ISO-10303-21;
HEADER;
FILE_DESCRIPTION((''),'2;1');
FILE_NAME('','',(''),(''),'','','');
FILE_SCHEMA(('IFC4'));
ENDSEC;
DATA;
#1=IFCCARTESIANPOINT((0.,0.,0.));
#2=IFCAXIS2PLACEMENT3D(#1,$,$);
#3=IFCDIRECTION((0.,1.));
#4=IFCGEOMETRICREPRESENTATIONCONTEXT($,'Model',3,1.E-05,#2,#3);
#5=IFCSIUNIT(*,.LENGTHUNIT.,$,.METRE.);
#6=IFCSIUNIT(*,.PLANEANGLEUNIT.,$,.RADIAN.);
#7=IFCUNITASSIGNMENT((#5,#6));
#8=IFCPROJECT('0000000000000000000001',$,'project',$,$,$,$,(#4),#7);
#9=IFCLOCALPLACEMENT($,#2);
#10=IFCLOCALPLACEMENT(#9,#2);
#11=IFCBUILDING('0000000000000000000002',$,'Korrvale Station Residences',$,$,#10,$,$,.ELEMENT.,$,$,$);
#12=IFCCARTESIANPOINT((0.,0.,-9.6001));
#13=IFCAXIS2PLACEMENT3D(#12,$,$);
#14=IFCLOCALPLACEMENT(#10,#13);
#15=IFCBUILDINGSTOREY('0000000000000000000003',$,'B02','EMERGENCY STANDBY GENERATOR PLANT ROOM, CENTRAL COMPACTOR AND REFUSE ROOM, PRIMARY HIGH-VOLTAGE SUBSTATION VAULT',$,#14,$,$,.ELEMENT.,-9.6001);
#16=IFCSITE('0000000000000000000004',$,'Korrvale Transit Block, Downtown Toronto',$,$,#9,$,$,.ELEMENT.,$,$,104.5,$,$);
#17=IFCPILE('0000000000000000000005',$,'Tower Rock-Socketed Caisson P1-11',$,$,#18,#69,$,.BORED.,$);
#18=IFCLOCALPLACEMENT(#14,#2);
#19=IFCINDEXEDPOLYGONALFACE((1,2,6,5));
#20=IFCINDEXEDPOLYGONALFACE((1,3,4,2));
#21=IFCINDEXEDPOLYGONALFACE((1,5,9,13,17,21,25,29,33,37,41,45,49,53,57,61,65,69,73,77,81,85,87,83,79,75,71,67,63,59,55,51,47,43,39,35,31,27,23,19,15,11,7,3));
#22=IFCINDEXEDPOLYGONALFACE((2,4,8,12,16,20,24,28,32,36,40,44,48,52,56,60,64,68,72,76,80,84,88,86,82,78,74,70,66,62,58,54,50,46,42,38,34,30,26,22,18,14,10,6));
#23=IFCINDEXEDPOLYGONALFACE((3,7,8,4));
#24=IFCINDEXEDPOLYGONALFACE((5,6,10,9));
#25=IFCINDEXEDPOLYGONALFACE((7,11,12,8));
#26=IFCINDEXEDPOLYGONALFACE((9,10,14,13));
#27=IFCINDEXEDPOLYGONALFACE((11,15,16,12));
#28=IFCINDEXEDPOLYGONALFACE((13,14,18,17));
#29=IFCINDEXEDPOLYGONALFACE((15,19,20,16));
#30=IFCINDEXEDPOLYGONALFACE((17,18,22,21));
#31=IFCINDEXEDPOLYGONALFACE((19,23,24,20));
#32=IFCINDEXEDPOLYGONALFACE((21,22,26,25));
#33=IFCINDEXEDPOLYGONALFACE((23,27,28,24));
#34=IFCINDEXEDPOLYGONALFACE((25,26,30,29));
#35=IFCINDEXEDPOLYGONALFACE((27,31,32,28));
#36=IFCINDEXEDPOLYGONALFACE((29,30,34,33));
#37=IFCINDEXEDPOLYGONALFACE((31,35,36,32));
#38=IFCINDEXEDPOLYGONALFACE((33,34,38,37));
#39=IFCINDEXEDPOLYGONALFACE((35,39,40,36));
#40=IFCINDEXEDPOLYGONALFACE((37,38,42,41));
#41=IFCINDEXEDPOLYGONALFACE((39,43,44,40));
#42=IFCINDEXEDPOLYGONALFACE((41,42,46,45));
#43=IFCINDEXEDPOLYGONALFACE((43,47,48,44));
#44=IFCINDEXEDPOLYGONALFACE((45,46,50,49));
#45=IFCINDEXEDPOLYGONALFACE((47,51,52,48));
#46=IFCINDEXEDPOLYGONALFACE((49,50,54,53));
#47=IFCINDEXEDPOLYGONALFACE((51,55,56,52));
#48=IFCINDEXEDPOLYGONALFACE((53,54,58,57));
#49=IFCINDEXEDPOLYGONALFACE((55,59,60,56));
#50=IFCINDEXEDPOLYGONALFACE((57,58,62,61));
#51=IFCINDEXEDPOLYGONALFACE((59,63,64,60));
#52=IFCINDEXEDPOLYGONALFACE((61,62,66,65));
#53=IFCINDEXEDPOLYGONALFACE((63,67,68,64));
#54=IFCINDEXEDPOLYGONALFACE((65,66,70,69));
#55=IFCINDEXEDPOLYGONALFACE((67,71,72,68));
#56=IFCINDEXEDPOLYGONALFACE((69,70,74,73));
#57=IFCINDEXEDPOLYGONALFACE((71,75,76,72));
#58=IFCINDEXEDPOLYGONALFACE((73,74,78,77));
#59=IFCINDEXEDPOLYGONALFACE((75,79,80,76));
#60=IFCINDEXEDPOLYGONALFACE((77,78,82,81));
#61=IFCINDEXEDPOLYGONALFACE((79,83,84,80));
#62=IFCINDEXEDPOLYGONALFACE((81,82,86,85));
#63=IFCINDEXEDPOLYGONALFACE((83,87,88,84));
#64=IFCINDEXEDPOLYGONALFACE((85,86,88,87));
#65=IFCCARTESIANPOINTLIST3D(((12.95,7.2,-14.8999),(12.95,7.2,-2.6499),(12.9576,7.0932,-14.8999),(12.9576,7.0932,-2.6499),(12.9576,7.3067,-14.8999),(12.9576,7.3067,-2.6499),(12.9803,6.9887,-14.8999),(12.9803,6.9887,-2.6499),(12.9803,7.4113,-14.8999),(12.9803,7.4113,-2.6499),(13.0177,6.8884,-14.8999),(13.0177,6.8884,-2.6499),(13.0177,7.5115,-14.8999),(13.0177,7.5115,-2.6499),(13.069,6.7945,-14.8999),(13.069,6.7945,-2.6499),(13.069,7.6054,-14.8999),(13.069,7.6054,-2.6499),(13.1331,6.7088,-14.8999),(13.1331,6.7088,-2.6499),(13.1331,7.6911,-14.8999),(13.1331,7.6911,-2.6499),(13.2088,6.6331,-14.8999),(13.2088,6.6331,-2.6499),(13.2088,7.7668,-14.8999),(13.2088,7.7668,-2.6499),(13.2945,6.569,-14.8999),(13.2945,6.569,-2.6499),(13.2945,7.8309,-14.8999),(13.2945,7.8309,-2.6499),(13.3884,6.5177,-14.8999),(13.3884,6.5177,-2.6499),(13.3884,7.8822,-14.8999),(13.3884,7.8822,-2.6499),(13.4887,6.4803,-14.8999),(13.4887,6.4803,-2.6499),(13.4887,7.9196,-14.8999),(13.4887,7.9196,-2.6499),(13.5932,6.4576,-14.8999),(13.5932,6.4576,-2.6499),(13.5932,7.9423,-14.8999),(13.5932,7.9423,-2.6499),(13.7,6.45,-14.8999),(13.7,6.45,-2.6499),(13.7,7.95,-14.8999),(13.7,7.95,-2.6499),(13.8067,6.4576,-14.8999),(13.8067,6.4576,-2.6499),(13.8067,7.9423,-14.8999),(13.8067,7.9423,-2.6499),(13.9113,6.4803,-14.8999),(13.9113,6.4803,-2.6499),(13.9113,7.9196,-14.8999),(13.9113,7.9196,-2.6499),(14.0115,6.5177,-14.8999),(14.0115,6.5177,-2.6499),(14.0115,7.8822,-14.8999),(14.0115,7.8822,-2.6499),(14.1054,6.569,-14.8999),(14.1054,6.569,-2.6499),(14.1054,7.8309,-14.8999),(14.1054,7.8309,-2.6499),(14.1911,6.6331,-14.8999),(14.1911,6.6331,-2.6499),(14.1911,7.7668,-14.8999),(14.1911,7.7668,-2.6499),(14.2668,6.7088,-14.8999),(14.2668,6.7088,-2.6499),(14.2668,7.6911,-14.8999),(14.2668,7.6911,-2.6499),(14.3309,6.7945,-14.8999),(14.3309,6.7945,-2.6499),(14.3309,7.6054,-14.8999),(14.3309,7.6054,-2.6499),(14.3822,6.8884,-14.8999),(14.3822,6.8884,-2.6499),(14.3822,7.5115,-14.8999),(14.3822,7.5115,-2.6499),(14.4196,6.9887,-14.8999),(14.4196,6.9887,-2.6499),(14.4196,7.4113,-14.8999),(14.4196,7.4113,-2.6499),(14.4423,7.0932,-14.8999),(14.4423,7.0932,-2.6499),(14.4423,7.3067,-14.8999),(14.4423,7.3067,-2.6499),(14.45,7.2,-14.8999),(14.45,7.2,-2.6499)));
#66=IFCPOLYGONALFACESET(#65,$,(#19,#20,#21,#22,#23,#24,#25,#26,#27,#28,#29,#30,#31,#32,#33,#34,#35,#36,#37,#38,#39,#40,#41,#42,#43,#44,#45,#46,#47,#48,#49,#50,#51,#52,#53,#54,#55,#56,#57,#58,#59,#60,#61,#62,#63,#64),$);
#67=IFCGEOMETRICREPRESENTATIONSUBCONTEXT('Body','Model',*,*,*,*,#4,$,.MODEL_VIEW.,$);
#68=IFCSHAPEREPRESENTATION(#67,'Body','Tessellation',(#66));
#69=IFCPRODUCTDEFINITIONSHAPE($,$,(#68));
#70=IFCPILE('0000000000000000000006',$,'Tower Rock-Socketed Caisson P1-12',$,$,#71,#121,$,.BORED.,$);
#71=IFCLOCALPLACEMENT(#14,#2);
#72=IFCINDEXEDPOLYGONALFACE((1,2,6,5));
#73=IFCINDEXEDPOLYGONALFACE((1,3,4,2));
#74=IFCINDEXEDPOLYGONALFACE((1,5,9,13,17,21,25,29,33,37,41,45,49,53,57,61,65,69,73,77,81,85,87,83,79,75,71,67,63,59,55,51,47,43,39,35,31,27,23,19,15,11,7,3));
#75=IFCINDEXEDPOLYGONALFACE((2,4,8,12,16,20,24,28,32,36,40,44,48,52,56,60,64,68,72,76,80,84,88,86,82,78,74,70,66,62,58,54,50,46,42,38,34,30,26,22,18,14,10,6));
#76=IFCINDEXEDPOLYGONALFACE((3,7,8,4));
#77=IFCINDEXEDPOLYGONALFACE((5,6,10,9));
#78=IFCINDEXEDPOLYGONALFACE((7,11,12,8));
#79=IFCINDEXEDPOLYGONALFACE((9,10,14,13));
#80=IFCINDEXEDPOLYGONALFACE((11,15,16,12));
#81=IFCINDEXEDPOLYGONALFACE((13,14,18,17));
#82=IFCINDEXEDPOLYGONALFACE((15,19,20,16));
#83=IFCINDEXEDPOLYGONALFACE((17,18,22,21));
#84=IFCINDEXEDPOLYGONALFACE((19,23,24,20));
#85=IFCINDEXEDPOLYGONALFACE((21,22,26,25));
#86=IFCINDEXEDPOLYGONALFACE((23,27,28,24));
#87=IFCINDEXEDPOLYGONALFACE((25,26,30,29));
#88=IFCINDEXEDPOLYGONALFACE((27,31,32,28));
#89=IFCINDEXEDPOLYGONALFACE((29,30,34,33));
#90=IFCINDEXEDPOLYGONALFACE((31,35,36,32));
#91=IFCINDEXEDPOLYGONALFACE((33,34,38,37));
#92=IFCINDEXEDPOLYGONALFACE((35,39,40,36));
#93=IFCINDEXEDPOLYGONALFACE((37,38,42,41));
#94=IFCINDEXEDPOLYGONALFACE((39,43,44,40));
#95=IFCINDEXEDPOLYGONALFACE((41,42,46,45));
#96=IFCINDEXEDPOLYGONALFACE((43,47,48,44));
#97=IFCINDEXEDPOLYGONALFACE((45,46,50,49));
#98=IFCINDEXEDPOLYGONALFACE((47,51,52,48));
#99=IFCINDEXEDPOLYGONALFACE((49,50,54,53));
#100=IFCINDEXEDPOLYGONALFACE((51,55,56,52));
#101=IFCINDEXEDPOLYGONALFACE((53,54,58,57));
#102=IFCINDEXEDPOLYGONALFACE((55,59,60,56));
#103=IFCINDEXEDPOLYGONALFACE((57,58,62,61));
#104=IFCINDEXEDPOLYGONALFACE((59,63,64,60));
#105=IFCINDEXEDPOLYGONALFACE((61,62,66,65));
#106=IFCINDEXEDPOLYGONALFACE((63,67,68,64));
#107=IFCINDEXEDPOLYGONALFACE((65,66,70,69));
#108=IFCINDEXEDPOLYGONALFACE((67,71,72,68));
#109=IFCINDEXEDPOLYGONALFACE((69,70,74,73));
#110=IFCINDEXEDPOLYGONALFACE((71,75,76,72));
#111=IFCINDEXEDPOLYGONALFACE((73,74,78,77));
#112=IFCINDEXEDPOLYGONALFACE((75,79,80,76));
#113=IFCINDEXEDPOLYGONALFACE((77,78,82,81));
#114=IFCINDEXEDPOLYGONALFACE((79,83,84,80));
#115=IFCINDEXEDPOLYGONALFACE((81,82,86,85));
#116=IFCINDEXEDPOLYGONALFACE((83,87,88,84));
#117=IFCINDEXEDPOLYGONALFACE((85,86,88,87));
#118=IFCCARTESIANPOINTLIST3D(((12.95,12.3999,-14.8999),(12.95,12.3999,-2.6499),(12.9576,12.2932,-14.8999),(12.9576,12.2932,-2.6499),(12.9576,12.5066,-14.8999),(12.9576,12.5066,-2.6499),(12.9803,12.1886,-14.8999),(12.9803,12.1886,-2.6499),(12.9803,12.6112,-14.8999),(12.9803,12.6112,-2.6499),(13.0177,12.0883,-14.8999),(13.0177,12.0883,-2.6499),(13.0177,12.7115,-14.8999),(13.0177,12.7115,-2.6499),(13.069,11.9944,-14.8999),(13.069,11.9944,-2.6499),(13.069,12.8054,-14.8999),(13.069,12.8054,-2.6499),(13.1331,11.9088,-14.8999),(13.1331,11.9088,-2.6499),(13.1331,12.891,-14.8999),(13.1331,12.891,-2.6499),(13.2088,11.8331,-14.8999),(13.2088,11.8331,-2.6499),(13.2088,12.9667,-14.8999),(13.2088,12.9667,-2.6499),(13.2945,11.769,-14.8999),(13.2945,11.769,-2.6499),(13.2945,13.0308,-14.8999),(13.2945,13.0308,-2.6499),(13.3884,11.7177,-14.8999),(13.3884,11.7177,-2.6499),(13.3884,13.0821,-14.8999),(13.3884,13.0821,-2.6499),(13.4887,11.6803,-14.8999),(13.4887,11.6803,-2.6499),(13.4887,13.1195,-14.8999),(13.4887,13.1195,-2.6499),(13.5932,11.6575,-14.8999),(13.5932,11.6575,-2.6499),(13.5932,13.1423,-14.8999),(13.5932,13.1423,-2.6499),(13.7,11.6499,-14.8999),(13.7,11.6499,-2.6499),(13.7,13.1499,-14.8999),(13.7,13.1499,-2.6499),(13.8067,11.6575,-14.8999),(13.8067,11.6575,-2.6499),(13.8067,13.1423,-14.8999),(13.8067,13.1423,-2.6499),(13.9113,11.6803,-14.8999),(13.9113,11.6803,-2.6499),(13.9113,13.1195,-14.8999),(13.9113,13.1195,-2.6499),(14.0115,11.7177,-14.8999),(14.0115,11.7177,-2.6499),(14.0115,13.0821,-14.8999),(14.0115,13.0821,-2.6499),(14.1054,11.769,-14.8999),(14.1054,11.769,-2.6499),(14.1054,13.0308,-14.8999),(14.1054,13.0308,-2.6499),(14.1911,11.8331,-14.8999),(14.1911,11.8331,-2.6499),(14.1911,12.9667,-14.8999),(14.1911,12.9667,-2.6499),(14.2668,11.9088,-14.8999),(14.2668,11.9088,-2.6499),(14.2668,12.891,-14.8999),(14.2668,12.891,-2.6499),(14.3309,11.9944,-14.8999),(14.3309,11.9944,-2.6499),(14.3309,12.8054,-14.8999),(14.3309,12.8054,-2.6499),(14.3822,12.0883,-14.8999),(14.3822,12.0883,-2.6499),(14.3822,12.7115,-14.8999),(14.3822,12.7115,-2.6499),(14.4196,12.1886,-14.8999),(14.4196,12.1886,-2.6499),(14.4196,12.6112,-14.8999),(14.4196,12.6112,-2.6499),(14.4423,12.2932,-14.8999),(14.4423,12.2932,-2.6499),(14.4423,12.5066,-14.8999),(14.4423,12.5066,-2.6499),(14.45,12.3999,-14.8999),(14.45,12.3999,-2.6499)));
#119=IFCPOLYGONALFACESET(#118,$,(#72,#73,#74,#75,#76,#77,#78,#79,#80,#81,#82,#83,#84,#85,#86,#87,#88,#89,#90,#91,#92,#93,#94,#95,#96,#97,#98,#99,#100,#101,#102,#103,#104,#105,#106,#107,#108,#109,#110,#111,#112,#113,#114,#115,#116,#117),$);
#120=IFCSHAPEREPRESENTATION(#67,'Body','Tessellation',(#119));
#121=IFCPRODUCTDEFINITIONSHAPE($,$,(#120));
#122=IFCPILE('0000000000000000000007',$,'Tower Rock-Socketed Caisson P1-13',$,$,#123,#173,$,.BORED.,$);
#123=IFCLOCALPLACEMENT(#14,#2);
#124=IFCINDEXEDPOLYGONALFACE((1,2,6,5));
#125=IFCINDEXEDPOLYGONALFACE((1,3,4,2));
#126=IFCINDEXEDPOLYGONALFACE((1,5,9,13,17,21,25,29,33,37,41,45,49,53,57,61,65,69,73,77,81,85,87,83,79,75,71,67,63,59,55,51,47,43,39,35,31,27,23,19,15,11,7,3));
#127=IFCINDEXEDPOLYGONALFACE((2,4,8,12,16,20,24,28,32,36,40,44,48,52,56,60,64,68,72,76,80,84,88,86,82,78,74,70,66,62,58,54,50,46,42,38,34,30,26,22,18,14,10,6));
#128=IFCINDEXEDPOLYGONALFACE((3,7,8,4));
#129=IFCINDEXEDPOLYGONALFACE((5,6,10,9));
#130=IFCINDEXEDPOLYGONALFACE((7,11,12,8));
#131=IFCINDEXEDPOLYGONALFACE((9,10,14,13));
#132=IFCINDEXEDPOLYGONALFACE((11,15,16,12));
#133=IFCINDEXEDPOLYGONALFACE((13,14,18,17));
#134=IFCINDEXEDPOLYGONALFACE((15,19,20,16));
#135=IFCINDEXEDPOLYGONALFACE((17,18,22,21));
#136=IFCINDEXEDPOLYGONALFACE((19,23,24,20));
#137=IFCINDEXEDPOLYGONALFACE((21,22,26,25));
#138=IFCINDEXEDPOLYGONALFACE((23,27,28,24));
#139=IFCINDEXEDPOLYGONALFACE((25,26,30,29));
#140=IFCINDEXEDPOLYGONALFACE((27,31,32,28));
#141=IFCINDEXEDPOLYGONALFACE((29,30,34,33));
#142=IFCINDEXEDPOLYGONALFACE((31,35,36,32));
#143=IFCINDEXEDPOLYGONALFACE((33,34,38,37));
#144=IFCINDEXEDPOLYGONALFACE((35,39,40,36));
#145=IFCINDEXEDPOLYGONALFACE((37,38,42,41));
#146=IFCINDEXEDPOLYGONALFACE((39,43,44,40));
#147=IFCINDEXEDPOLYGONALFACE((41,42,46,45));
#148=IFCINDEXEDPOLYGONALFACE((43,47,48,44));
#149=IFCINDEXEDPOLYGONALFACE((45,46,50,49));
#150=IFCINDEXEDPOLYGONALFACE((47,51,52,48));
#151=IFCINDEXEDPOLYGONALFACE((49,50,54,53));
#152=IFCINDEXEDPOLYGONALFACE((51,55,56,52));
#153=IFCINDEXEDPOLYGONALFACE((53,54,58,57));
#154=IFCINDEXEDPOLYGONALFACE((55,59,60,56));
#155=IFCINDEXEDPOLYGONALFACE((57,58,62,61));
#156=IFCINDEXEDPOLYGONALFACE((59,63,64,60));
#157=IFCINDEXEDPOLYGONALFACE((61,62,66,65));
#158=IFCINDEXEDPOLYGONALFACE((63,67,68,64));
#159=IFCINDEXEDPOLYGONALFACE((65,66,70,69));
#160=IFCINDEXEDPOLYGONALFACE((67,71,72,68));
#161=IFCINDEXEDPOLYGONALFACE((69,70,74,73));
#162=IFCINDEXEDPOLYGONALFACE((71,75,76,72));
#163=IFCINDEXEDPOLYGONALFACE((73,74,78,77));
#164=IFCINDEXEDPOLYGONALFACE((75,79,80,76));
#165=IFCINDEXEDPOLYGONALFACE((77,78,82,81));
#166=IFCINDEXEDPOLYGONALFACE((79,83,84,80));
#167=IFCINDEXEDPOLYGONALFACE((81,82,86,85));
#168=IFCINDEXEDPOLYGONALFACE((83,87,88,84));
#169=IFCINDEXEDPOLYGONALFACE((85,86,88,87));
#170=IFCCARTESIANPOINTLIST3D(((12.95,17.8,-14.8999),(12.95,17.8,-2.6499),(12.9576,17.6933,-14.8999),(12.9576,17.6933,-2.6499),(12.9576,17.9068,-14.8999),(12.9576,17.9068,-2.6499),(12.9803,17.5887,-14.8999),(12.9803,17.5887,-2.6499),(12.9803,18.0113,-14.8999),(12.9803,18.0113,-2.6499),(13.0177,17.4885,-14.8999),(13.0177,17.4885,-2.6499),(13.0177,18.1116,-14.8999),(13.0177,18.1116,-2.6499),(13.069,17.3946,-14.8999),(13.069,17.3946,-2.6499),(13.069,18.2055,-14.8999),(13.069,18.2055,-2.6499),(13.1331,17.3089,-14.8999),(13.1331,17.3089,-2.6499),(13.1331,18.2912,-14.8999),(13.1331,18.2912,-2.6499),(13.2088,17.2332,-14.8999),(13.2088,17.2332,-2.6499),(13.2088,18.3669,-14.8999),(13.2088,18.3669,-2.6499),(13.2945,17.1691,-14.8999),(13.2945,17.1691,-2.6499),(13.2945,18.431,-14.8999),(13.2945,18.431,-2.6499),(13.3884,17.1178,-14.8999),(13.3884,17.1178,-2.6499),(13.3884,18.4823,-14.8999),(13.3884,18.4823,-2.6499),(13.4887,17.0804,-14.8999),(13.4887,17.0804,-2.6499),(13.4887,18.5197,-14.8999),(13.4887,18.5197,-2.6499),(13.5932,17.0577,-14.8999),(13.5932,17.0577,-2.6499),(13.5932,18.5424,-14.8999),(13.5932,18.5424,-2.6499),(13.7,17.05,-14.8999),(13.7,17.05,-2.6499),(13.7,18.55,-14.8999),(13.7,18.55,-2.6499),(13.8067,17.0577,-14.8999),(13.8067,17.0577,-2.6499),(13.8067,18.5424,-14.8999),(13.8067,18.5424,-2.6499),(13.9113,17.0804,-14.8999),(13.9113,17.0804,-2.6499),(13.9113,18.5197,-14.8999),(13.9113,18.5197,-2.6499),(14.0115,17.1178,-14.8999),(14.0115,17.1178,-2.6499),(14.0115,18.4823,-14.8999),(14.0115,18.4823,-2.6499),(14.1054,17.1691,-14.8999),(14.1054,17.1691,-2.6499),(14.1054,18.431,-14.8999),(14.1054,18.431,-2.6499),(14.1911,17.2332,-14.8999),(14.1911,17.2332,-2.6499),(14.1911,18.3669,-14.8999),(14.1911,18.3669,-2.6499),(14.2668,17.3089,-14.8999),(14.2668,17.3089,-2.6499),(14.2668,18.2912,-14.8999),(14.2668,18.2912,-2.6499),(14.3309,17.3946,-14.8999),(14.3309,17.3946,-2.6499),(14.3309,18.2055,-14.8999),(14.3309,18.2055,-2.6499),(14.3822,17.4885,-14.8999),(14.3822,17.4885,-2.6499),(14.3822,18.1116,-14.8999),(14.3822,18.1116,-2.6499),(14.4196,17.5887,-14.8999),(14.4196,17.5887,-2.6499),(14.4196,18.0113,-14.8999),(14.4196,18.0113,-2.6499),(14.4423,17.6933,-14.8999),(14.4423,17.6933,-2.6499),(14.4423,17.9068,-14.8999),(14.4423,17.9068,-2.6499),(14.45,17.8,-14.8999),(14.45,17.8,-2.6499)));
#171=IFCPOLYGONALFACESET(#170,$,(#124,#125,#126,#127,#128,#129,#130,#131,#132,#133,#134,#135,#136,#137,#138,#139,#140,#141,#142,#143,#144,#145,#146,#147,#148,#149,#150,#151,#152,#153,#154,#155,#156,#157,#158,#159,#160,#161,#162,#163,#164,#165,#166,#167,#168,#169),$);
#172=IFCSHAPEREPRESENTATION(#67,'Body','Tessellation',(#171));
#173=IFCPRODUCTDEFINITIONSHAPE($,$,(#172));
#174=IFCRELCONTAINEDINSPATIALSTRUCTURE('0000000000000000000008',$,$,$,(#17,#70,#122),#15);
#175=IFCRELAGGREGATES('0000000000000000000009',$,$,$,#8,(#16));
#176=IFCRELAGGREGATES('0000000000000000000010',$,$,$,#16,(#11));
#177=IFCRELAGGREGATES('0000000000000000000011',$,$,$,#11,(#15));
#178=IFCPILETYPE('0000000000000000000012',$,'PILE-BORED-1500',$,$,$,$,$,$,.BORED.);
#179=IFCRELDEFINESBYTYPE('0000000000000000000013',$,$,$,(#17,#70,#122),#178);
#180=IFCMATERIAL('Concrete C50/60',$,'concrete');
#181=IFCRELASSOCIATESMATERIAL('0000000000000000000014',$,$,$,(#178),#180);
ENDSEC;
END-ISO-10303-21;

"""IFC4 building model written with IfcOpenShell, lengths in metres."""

from ifc_helpers import new_model, si_unit, direction, frame, origin, origin_2d, place, context, subcontext, project, spatial, circle, extrude, material, material_profile, profile_set, type_object, element, save


model = new_model("IFC4")

# Units and contexts
model_context = context("Model", 3, precision=1e-05, world=origin(), true_north=direction((0.0, 1.0)))
body_context = subcontext(model_context, "Body", "Model", "MODEL_VIEW")
ifc_project = project(units=[si_unit("LENGTHUNIT", "METRE"), si_unit("PLANEANGLEUNIT", "RADIAN")], contexts=[model_context])

# Site, building, storey
site_placement = place(None, origin())
site = spatial("IfcSite", under=ifc_project, at=site_placement, Name="Korrvale Transit Block, Downtown Toronto", CompositionType="ELEMENT", RefElevation=104.5)
building_placement = place(site_placement, origin())
building = spatial("IfcBuilding", under=site, at=building_placement, Name="Korrvale Station Residences", CompositionType="ELEMENT")
storey_placement = place(building_placement, frame((0.0, 0.0, -9.6001)))
storey = spatial("IfcBuildingStorey", under=building, at=storey_placement, Name="B02", Description="EMERGENCY STANDBY GENERATOR PLANT ROOM, CENTRAL COMPACTOR AND REFUSE ROOM, PRIMARY HIGH-VOLTAGE SUBSTATION VAULT", CompositionType="ELEMENT", Elevation=-9.6001)

# Piles
ifc_material_1 = material(Name="Concrete C50/60", Category="concrete")
ifc_material_profile_1 = material_profile(ifc_material_1, circle(Radius=0.75, at=origin_2d()), Name="PILE1500")
ifc_profile_set_1 = profile_set([ifc_material_profile_1], Name="Concrete C50/60")
pile_type = type_object("IfcPileType", Name="PILE-BORED-1500", PredefinedType="BORED", material=ifc_profile_set_1)
for number, where, z_axis, x_axis, name in (
    (1, (13.7, 7.2, -2.6499), (0.0, 0.0, -1.0), (1.0, 0.0, 0.0), "Tower Rock-Socketed Caisson P1-11"),
    (2, (13.7, 12.3999, -2.6499), (0.0, 0.0, -1.0), (1.0, 0.0, 0.0), "Tower Rock-Socketed Caisson P1-12"),
    (3, (13.7, 17.8, -2.6499), (0.0, 0.0, -1.0), (1.0, 0.0, 0.0), "Tower Rock-Socketed Caisson P1-13"),
):
    element("IfcPile", number, at=place(storey_placement, frame(where, z_axis=z_axis, x_axis=x_axis)), inside=storey, type_object=pile_type, Name=name, PredefinedType="BORED", context=body_context, shape_type="SweptSolid", body=[
        extrude(circle(Radius=0.75, at=origin_2d()), origin(), (0.0, 0.0, 1.0), 12.25),
    ])

save(model, "model.ifc")
